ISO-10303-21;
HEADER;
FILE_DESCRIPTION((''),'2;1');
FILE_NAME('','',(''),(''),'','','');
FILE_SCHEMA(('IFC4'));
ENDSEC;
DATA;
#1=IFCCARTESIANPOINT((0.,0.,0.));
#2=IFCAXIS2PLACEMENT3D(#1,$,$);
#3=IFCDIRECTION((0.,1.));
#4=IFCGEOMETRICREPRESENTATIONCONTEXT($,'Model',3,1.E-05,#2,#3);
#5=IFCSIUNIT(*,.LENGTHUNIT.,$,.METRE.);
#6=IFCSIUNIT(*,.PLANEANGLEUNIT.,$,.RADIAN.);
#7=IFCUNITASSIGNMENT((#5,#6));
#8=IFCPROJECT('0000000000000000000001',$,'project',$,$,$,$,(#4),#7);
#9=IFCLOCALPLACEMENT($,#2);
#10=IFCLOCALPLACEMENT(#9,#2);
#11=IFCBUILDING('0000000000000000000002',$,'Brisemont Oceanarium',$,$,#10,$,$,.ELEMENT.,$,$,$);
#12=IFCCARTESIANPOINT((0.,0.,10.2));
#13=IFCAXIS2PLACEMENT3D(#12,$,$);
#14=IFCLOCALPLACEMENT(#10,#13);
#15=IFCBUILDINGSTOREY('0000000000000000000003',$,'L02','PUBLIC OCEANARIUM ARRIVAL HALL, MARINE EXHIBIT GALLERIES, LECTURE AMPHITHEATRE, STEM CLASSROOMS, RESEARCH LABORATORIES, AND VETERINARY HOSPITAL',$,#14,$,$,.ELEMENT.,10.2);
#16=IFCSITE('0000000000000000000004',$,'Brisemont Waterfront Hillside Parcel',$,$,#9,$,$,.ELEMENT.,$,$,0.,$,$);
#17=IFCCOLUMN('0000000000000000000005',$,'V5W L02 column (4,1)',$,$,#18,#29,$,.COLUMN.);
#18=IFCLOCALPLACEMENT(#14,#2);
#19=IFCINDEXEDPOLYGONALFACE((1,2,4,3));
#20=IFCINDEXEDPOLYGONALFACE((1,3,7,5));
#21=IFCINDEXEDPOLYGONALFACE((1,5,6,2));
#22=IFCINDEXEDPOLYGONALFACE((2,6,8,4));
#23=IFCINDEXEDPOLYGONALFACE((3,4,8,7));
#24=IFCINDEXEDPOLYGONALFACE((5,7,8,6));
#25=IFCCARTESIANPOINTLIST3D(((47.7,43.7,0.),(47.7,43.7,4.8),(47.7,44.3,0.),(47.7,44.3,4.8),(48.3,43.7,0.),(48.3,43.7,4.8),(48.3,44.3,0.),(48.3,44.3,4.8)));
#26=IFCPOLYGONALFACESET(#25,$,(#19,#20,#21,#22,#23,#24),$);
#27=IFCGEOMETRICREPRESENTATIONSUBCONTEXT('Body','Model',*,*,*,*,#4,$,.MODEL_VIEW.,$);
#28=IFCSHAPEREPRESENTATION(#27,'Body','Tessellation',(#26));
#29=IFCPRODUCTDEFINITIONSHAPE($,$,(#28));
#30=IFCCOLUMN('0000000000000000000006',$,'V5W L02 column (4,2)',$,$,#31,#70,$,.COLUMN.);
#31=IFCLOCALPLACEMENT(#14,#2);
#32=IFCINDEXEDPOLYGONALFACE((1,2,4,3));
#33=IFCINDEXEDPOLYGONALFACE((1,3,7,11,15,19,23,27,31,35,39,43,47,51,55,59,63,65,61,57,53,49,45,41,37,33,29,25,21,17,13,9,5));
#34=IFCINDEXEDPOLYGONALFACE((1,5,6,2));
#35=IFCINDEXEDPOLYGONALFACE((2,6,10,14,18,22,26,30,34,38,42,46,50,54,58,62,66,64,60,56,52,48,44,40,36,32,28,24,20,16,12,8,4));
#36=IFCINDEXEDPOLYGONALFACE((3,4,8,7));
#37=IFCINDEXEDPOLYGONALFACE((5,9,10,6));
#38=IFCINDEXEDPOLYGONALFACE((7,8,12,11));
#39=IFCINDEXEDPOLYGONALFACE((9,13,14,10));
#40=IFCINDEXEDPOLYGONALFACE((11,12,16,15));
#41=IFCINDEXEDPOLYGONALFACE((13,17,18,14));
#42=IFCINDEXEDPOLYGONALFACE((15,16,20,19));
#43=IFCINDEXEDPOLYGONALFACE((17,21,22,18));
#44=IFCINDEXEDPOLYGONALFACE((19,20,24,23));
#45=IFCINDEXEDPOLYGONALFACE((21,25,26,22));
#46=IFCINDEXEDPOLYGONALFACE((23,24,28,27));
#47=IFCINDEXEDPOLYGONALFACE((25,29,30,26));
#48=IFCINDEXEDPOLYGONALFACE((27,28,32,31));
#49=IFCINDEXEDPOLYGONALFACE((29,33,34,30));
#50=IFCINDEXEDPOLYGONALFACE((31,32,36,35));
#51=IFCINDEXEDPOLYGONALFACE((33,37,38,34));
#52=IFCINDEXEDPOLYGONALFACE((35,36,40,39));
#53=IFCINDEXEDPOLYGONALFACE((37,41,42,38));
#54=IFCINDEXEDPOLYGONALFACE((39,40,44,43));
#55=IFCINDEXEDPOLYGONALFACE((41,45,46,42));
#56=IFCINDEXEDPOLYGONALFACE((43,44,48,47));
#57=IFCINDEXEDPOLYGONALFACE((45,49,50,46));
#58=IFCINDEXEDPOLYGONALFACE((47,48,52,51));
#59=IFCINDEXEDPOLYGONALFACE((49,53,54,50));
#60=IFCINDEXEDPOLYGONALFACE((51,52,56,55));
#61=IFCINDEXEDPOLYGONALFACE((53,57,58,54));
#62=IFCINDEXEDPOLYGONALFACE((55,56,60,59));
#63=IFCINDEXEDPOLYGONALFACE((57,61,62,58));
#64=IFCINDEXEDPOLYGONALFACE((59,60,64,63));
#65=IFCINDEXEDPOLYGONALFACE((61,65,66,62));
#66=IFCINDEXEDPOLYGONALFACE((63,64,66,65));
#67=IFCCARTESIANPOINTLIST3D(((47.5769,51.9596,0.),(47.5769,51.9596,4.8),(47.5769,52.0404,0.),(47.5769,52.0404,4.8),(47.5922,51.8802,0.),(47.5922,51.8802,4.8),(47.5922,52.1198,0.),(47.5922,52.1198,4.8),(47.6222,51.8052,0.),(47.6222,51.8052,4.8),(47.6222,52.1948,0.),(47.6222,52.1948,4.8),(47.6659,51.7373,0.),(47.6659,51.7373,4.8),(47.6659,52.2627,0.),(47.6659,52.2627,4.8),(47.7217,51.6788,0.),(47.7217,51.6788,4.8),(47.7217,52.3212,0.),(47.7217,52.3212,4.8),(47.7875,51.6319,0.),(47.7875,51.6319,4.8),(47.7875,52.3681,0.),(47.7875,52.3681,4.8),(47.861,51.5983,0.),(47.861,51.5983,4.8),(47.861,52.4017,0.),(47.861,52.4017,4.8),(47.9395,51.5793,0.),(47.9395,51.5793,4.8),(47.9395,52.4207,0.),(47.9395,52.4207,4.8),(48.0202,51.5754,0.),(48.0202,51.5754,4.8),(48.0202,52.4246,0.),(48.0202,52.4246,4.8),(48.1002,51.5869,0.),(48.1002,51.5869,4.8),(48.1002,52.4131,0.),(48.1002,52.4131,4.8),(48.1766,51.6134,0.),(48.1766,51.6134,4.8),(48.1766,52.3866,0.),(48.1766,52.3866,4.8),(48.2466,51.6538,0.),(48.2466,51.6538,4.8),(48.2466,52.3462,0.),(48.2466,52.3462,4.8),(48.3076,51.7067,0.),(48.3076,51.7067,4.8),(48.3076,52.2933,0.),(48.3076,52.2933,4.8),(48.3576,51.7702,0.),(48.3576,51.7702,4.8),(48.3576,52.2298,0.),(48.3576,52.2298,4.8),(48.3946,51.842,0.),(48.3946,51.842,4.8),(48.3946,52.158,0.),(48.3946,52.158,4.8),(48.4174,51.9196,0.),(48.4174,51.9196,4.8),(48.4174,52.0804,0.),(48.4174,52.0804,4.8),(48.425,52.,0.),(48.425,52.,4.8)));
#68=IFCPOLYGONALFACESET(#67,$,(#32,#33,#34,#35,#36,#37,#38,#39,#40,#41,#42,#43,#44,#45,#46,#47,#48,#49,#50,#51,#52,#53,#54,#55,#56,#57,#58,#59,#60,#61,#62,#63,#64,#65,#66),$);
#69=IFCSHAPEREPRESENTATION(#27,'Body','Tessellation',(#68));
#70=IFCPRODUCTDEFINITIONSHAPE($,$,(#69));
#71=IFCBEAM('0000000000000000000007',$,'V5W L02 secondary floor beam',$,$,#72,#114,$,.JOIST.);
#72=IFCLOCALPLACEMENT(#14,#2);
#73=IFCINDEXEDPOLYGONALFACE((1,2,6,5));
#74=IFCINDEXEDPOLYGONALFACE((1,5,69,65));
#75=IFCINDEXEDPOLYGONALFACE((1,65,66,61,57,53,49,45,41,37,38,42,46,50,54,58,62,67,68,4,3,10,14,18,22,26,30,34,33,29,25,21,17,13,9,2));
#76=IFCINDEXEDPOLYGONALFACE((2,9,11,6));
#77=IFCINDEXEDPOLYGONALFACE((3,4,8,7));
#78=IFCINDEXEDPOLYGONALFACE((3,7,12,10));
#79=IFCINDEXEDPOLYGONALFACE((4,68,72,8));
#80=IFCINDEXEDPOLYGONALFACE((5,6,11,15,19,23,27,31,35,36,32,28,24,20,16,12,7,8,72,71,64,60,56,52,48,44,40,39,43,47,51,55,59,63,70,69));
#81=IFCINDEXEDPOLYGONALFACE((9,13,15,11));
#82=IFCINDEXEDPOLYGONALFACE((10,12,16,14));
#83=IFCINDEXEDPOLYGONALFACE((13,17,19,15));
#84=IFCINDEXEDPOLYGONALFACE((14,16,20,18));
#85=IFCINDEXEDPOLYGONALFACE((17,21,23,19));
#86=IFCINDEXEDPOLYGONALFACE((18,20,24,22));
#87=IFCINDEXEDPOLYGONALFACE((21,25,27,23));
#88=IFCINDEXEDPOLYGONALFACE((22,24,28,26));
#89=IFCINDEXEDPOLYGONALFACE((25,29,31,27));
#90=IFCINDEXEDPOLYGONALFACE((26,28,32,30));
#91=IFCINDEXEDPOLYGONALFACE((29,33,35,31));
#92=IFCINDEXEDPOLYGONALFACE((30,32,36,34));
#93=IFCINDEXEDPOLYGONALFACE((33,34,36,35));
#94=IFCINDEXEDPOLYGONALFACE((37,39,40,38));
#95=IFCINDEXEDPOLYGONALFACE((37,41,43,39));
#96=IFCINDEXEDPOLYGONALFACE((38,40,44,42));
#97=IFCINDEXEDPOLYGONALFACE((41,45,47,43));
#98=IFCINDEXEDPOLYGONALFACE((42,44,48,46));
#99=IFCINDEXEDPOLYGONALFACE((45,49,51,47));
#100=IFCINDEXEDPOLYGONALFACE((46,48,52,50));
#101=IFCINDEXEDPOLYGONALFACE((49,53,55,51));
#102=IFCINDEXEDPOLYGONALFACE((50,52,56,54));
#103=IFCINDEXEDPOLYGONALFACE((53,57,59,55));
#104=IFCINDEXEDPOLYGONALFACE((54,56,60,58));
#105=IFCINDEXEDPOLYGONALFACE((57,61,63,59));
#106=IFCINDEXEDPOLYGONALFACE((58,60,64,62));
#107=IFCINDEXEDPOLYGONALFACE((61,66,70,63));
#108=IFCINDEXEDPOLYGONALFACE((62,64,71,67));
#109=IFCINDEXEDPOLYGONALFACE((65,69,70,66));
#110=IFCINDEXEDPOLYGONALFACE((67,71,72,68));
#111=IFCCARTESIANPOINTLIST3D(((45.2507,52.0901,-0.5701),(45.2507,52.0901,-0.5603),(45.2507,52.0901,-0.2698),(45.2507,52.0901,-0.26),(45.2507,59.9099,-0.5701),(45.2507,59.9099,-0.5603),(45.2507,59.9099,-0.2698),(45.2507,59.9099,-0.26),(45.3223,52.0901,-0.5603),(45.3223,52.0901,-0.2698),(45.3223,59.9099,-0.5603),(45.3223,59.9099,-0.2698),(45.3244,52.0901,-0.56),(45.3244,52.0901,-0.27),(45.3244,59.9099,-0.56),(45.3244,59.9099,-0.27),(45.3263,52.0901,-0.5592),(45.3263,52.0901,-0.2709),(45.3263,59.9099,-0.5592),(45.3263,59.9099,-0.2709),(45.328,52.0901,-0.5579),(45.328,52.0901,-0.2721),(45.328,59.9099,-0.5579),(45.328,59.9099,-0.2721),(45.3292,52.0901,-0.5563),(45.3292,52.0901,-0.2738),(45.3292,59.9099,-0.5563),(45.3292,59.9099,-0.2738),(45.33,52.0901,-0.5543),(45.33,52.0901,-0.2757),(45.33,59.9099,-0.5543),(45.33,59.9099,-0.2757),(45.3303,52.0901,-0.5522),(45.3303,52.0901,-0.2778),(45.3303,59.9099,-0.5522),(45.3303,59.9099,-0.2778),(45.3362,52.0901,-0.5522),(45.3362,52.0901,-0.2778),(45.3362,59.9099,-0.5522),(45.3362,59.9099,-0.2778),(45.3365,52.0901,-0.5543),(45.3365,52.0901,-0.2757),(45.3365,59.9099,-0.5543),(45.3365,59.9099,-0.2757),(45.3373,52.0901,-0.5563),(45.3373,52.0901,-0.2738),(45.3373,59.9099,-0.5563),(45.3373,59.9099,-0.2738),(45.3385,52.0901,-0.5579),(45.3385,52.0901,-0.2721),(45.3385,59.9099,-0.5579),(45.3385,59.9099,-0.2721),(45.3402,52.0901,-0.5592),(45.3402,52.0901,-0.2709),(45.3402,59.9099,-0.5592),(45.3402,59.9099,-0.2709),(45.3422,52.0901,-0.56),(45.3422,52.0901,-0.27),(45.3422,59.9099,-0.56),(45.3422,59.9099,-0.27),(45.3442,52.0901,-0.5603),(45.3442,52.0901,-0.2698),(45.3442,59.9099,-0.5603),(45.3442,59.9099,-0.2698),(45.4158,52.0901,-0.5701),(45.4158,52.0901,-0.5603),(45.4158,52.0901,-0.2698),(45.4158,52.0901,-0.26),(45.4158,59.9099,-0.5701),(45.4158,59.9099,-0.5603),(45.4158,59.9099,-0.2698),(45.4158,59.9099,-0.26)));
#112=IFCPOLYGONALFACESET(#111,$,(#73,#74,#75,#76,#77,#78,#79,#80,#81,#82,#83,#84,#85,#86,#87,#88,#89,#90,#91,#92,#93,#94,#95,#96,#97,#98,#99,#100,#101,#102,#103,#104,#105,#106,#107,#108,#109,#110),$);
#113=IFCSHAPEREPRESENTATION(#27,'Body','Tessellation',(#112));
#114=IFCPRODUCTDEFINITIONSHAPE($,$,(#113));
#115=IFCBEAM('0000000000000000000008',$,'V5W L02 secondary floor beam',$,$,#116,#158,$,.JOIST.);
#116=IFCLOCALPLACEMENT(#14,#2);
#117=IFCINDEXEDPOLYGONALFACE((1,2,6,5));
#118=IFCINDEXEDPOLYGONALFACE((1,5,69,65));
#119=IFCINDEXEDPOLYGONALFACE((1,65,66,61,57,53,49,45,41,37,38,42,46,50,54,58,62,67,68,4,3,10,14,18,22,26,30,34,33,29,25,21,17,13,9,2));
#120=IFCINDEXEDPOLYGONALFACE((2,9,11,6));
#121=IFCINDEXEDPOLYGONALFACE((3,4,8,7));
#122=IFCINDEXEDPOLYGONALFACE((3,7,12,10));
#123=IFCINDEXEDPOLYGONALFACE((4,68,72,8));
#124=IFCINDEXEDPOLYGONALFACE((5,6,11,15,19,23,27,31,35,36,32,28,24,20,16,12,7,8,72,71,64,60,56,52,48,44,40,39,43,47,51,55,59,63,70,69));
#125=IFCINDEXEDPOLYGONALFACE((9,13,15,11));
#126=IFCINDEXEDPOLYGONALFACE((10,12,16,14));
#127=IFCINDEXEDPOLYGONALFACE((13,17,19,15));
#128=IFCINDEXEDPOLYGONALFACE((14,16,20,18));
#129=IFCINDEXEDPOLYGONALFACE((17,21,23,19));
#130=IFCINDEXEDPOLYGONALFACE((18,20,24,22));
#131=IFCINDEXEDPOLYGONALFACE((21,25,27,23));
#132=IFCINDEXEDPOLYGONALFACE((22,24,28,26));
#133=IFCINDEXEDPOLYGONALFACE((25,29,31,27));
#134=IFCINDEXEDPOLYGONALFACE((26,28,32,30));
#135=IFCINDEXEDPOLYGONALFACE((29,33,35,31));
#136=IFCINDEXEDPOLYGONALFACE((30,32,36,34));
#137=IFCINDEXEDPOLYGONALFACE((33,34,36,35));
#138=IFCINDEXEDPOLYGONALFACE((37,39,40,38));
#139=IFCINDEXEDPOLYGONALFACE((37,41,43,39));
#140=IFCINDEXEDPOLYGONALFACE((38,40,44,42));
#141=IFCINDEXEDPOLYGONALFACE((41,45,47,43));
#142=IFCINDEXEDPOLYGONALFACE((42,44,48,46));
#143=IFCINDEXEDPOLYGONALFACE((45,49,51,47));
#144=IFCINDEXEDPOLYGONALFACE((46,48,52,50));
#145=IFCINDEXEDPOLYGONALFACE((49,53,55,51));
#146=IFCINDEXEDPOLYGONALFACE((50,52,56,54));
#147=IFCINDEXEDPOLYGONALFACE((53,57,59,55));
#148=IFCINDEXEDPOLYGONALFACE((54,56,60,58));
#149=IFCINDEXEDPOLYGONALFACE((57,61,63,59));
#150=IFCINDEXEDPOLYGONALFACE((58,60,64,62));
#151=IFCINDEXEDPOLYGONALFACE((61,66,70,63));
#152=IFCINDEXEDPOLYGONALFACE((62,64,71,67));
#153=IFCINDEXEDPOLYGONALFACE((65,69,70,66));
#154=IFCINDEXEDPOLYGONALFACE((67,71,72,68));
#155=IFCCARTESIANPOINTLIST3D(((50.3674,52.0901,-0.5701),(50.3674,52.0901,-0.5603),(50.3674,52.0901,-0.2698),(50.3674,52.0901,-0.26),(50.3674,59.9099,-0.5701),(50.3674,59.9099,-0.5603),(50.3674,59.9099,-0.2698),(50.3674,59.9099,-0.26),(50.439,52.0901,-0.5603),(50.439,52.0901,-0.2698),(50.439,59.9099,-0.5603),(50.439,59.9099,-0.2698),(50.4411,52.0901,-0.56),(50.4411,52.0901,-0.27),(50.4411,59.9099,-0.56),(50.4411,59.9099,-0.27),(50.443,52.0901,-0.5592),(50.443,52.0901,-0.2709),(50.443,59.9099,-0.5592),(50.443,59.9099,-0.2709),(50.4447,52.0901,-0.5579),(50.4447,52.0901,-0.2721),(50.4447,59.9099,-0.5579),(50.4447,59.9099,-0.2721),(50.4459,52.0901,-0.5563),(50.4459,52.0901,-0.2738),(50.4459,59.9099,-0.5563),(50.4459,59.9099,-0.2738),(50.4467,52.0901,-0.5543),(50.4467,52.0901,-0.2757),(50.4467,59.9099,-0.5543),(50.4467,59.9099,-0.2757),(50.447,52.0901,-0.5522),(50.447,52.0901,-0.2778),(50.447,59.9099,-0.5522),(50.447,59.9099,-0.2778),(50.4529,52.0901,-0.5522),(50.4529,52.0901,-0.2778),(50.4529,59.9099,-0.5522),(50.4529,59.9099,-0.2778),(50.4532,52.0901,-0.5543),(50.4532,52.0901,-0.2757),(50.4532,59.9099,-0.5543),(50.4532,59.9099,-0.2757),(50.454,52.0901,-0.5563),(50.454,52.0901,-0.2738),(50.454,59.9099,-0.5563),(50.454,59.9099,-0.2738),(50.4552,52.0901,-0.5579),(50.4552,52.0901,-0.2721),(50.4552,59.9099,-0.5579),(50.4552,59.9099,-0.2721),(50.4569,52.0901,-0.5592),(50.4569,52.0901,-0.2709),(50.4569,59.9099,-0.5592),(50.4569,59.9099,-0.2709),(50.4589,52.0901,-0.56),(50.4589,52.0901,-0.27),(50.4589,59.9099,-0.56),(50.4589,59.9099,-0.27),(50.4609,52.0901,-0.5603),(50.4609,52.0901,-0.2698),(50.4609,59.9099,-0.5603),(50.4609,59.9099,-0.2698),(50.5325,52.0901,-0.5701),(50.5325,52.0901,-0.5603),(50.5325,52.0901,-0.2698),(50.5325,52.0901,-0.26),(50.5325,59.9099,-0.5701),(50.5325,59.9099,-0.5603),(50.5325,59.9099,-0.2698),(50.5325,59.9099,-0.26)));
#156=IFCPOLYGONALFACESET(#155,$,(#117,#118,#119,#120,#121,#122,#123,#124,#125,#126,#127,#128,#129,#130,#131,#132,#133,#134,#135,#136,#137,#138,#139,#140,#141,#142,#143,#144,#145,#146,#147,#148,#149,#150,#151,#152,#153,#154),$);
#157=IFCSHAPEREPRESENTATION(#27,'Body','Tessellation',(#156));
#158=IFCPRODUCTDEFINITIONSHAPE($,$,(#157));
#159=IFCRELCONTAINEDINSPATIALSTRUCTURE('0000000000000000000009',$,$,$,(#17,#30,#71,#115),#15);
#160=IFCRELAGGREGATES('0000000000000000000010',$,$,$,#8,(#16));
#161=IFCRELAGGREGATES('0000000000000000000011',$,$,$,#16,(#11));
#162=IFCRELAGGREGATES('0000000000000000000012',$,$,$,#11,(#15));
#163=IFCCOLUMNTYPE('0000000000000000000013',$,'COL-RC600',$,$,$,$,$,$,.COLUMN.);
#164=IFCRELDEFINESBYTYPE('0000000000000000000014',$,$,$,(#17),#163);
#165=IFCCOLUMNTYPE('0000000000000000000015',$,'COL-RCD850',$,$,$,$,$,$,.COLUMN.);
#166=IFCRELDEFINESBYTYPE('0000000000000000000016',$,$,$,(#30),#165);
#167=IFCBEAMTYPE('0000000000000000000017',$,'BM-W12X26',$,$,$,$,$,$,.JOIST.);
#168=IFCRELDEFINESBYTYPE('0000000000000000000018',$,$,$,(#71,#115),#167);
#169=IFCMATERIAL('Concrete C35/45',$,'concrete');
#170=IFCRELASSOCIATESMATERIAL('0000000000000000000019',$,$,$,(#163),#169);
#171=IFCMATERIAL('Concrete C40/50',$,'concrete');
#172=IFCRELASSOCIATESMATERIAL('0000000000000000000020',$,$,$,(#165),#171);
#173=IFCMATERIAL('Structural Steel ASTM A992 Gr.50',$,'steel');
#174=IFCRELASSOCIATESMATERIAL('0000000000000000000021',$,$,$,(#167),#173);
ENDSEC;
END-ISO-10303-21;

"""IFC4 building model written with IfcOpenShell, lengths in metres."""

from ifc_helpers import new_model, si_unit, direction, frame, origin, origin_2d, place, context, subcontext, project, spatial, rectangle, circle, i_section, extrude, material, material_profile, profile_set, type_object, element, save


model = new_model("IFC4")

# Units and contexts
model_context = context("Model", 3, precision=1e-05, world=origin(), true_north=direction((0.0, 1.0)))
body_context = subcontext(model_context, "Body", "Model", "MODEL_VIEW")
ifc_project = project(units=[si_unit("LENGTHUNIT", "METRE"), si_unit("PLANEANGLEUNIT", "RADIAN")], contexts=[model_context])

# Site, building, storey
site_placement = place(None, origin())
site = spatial("IfcSite", under=ifc_project, at=site_placement, Name="Brisemont Waterfront Hillside Parcel", CompositionType="ELEMENT", RefElevation=0.0)
building_placement = place(site_placement, origin())
building = spatial("IfcBuilding", under=site, at=building_placement, Name="Brisemont Oceanarium", CompositionType="ELEMENT")
storey_placement = place(building_placement, frame((0.0, 0.0, 10.2)))
storey = spatial("IfcBuildingStorey", under=building, at=storey_placement, Name="L02", Description="PUBLIC OCEANARIUM ARRIVAL HALL, MARINE EXHIBIT GALLERIES, LECTURE AMPHITHEATRE, STEM CLASSROOMS, RESEARCH LABORATORIES, AND VETERINARY HOSPITAL", CompositionType="ELEMENT", Elevation=10.2)

# Columns
ifc_material_1 = material(Name="Concrete C35/45", Category="concrete")
ifc_material_profile_1 = material_profile(ifc_material_1, rectangle(XDim=0.6001, YDim=0.6001, at=origin_2d()), Name="RC-COL-600X600")
ifc_profile_set_1 = profile_set([ifc_material_profile_1], Name="Concrete C35/45")
column_type_1 = type_object("IfcColumnType", Name="COL-RC600", PredefinedType="COLUMN", material=ifc_profile_set_1)
column_1_placement = place(storey_placement, frame((48.0, 44.0, 0.0), z_axis=(0.0, 0.0, 1.0), x_axis=(0.0, 1.0, 0.0)))
element("IfcColumn", 1, at=column_1_placement, inside=storey, type_object=column_type_1, Name="V5W L02 column (4,1)", PredefinedType="COLUMN", context=body_context, shape_type="SweptSolid", body=[
    extrude(rectangle(XDim=0.6001, YDim=0.6001, at=origin_2d()), origin(), (0.0, 0.0, 1.0), 4.8),
])
ifc_material_2 = material(Name="Concrete C40/50", Category="concrete")
ifc_material_profile_2 = material_profile(ifc_material_2, circle(Radius=0.425, at=origin_2d()), Name="RC-COL-D850")
ifc_profile_set_2 = profile_set([ifc_material_profile_2], Name="Concrete C40/50")
column_type_2 = type_object("IfcColumnType", Name="COL-RCD850", PredefinedType="COLUMN", material=ifc_profile_set_2)
column_2_placement = place(storey_placement, frame((48.0, 52.0, 0.0), z_axis=(0.0, 0.0, 1.0), x_axis=(1.0, 0.0, 0.0)))
element("IfcColumn", 2, at=column_2_placement, inside=storey, type_object=column_type_2, Name="V5W L02 column (4,2)", PredefinedType="COLUMN", context=body_context, shape_type="SweptSolid", body=[
    extrude(circle(Radius=0.425, at=origin_2d()), origin(), (0.0, 0.0, 1.0), 4.8),
])

# Beams
ifc_material_3 = material(Name="Structural Steel ASTM A992 Gr.50", Category="steel")
ifc_material_profile_3 = material_profile(ifc_material_3, i_section(OverallWidth=0.165, OverallDepth=0.3101, WebThickness=0.0059, FlangeThickness=0.0098, FilletRadius=0.0081, at=origin_2d()), Name="W12X26")
ifc_profile_set_3 = profile_set([ifc_material_profile_3], Name="Structural Steel ASTM A992 Gr.50")
beam_type_1 = type_object("IfcBeamType", Name="BM-W12X26", PredefinedType="JOIST", material=ifc_profile_set_3)
for number, where, z_axis, x_axis, name in (
    (3, (45.3333, 52.0901, -0.415), (0.0, 1.0, 0.0), (-1.0, 0.0, 0.0), "V5W L02 secondary floor beam"),
    (4, (50.45, 52.0901, -0.415), (0.0, 1.0, 0.0), (-1.0, 0.0, 0.0), "V5W L02 secondary floor beam"),
):
    element("IfcBeam", number, at=place(storey_placement, frame(where, z_axis=z_axis, x_axis=x_axis)), inside=storey, type_object=beam_type_1, Name=name, PredefinedType="JOIST", context=body_context, shape_type="SweptSolid", body=[
        extrude(i_section(OverallWidth=0.165, OverallDepth=0.3101, WebThickness=0.0059, FlangeThickness=0.0098, FilletRadius=0.0081, at=origin_2d()), origin(), (0.0, 0.0, 1.0), 7.8198),
    ])

save(model, "model.ifc")
